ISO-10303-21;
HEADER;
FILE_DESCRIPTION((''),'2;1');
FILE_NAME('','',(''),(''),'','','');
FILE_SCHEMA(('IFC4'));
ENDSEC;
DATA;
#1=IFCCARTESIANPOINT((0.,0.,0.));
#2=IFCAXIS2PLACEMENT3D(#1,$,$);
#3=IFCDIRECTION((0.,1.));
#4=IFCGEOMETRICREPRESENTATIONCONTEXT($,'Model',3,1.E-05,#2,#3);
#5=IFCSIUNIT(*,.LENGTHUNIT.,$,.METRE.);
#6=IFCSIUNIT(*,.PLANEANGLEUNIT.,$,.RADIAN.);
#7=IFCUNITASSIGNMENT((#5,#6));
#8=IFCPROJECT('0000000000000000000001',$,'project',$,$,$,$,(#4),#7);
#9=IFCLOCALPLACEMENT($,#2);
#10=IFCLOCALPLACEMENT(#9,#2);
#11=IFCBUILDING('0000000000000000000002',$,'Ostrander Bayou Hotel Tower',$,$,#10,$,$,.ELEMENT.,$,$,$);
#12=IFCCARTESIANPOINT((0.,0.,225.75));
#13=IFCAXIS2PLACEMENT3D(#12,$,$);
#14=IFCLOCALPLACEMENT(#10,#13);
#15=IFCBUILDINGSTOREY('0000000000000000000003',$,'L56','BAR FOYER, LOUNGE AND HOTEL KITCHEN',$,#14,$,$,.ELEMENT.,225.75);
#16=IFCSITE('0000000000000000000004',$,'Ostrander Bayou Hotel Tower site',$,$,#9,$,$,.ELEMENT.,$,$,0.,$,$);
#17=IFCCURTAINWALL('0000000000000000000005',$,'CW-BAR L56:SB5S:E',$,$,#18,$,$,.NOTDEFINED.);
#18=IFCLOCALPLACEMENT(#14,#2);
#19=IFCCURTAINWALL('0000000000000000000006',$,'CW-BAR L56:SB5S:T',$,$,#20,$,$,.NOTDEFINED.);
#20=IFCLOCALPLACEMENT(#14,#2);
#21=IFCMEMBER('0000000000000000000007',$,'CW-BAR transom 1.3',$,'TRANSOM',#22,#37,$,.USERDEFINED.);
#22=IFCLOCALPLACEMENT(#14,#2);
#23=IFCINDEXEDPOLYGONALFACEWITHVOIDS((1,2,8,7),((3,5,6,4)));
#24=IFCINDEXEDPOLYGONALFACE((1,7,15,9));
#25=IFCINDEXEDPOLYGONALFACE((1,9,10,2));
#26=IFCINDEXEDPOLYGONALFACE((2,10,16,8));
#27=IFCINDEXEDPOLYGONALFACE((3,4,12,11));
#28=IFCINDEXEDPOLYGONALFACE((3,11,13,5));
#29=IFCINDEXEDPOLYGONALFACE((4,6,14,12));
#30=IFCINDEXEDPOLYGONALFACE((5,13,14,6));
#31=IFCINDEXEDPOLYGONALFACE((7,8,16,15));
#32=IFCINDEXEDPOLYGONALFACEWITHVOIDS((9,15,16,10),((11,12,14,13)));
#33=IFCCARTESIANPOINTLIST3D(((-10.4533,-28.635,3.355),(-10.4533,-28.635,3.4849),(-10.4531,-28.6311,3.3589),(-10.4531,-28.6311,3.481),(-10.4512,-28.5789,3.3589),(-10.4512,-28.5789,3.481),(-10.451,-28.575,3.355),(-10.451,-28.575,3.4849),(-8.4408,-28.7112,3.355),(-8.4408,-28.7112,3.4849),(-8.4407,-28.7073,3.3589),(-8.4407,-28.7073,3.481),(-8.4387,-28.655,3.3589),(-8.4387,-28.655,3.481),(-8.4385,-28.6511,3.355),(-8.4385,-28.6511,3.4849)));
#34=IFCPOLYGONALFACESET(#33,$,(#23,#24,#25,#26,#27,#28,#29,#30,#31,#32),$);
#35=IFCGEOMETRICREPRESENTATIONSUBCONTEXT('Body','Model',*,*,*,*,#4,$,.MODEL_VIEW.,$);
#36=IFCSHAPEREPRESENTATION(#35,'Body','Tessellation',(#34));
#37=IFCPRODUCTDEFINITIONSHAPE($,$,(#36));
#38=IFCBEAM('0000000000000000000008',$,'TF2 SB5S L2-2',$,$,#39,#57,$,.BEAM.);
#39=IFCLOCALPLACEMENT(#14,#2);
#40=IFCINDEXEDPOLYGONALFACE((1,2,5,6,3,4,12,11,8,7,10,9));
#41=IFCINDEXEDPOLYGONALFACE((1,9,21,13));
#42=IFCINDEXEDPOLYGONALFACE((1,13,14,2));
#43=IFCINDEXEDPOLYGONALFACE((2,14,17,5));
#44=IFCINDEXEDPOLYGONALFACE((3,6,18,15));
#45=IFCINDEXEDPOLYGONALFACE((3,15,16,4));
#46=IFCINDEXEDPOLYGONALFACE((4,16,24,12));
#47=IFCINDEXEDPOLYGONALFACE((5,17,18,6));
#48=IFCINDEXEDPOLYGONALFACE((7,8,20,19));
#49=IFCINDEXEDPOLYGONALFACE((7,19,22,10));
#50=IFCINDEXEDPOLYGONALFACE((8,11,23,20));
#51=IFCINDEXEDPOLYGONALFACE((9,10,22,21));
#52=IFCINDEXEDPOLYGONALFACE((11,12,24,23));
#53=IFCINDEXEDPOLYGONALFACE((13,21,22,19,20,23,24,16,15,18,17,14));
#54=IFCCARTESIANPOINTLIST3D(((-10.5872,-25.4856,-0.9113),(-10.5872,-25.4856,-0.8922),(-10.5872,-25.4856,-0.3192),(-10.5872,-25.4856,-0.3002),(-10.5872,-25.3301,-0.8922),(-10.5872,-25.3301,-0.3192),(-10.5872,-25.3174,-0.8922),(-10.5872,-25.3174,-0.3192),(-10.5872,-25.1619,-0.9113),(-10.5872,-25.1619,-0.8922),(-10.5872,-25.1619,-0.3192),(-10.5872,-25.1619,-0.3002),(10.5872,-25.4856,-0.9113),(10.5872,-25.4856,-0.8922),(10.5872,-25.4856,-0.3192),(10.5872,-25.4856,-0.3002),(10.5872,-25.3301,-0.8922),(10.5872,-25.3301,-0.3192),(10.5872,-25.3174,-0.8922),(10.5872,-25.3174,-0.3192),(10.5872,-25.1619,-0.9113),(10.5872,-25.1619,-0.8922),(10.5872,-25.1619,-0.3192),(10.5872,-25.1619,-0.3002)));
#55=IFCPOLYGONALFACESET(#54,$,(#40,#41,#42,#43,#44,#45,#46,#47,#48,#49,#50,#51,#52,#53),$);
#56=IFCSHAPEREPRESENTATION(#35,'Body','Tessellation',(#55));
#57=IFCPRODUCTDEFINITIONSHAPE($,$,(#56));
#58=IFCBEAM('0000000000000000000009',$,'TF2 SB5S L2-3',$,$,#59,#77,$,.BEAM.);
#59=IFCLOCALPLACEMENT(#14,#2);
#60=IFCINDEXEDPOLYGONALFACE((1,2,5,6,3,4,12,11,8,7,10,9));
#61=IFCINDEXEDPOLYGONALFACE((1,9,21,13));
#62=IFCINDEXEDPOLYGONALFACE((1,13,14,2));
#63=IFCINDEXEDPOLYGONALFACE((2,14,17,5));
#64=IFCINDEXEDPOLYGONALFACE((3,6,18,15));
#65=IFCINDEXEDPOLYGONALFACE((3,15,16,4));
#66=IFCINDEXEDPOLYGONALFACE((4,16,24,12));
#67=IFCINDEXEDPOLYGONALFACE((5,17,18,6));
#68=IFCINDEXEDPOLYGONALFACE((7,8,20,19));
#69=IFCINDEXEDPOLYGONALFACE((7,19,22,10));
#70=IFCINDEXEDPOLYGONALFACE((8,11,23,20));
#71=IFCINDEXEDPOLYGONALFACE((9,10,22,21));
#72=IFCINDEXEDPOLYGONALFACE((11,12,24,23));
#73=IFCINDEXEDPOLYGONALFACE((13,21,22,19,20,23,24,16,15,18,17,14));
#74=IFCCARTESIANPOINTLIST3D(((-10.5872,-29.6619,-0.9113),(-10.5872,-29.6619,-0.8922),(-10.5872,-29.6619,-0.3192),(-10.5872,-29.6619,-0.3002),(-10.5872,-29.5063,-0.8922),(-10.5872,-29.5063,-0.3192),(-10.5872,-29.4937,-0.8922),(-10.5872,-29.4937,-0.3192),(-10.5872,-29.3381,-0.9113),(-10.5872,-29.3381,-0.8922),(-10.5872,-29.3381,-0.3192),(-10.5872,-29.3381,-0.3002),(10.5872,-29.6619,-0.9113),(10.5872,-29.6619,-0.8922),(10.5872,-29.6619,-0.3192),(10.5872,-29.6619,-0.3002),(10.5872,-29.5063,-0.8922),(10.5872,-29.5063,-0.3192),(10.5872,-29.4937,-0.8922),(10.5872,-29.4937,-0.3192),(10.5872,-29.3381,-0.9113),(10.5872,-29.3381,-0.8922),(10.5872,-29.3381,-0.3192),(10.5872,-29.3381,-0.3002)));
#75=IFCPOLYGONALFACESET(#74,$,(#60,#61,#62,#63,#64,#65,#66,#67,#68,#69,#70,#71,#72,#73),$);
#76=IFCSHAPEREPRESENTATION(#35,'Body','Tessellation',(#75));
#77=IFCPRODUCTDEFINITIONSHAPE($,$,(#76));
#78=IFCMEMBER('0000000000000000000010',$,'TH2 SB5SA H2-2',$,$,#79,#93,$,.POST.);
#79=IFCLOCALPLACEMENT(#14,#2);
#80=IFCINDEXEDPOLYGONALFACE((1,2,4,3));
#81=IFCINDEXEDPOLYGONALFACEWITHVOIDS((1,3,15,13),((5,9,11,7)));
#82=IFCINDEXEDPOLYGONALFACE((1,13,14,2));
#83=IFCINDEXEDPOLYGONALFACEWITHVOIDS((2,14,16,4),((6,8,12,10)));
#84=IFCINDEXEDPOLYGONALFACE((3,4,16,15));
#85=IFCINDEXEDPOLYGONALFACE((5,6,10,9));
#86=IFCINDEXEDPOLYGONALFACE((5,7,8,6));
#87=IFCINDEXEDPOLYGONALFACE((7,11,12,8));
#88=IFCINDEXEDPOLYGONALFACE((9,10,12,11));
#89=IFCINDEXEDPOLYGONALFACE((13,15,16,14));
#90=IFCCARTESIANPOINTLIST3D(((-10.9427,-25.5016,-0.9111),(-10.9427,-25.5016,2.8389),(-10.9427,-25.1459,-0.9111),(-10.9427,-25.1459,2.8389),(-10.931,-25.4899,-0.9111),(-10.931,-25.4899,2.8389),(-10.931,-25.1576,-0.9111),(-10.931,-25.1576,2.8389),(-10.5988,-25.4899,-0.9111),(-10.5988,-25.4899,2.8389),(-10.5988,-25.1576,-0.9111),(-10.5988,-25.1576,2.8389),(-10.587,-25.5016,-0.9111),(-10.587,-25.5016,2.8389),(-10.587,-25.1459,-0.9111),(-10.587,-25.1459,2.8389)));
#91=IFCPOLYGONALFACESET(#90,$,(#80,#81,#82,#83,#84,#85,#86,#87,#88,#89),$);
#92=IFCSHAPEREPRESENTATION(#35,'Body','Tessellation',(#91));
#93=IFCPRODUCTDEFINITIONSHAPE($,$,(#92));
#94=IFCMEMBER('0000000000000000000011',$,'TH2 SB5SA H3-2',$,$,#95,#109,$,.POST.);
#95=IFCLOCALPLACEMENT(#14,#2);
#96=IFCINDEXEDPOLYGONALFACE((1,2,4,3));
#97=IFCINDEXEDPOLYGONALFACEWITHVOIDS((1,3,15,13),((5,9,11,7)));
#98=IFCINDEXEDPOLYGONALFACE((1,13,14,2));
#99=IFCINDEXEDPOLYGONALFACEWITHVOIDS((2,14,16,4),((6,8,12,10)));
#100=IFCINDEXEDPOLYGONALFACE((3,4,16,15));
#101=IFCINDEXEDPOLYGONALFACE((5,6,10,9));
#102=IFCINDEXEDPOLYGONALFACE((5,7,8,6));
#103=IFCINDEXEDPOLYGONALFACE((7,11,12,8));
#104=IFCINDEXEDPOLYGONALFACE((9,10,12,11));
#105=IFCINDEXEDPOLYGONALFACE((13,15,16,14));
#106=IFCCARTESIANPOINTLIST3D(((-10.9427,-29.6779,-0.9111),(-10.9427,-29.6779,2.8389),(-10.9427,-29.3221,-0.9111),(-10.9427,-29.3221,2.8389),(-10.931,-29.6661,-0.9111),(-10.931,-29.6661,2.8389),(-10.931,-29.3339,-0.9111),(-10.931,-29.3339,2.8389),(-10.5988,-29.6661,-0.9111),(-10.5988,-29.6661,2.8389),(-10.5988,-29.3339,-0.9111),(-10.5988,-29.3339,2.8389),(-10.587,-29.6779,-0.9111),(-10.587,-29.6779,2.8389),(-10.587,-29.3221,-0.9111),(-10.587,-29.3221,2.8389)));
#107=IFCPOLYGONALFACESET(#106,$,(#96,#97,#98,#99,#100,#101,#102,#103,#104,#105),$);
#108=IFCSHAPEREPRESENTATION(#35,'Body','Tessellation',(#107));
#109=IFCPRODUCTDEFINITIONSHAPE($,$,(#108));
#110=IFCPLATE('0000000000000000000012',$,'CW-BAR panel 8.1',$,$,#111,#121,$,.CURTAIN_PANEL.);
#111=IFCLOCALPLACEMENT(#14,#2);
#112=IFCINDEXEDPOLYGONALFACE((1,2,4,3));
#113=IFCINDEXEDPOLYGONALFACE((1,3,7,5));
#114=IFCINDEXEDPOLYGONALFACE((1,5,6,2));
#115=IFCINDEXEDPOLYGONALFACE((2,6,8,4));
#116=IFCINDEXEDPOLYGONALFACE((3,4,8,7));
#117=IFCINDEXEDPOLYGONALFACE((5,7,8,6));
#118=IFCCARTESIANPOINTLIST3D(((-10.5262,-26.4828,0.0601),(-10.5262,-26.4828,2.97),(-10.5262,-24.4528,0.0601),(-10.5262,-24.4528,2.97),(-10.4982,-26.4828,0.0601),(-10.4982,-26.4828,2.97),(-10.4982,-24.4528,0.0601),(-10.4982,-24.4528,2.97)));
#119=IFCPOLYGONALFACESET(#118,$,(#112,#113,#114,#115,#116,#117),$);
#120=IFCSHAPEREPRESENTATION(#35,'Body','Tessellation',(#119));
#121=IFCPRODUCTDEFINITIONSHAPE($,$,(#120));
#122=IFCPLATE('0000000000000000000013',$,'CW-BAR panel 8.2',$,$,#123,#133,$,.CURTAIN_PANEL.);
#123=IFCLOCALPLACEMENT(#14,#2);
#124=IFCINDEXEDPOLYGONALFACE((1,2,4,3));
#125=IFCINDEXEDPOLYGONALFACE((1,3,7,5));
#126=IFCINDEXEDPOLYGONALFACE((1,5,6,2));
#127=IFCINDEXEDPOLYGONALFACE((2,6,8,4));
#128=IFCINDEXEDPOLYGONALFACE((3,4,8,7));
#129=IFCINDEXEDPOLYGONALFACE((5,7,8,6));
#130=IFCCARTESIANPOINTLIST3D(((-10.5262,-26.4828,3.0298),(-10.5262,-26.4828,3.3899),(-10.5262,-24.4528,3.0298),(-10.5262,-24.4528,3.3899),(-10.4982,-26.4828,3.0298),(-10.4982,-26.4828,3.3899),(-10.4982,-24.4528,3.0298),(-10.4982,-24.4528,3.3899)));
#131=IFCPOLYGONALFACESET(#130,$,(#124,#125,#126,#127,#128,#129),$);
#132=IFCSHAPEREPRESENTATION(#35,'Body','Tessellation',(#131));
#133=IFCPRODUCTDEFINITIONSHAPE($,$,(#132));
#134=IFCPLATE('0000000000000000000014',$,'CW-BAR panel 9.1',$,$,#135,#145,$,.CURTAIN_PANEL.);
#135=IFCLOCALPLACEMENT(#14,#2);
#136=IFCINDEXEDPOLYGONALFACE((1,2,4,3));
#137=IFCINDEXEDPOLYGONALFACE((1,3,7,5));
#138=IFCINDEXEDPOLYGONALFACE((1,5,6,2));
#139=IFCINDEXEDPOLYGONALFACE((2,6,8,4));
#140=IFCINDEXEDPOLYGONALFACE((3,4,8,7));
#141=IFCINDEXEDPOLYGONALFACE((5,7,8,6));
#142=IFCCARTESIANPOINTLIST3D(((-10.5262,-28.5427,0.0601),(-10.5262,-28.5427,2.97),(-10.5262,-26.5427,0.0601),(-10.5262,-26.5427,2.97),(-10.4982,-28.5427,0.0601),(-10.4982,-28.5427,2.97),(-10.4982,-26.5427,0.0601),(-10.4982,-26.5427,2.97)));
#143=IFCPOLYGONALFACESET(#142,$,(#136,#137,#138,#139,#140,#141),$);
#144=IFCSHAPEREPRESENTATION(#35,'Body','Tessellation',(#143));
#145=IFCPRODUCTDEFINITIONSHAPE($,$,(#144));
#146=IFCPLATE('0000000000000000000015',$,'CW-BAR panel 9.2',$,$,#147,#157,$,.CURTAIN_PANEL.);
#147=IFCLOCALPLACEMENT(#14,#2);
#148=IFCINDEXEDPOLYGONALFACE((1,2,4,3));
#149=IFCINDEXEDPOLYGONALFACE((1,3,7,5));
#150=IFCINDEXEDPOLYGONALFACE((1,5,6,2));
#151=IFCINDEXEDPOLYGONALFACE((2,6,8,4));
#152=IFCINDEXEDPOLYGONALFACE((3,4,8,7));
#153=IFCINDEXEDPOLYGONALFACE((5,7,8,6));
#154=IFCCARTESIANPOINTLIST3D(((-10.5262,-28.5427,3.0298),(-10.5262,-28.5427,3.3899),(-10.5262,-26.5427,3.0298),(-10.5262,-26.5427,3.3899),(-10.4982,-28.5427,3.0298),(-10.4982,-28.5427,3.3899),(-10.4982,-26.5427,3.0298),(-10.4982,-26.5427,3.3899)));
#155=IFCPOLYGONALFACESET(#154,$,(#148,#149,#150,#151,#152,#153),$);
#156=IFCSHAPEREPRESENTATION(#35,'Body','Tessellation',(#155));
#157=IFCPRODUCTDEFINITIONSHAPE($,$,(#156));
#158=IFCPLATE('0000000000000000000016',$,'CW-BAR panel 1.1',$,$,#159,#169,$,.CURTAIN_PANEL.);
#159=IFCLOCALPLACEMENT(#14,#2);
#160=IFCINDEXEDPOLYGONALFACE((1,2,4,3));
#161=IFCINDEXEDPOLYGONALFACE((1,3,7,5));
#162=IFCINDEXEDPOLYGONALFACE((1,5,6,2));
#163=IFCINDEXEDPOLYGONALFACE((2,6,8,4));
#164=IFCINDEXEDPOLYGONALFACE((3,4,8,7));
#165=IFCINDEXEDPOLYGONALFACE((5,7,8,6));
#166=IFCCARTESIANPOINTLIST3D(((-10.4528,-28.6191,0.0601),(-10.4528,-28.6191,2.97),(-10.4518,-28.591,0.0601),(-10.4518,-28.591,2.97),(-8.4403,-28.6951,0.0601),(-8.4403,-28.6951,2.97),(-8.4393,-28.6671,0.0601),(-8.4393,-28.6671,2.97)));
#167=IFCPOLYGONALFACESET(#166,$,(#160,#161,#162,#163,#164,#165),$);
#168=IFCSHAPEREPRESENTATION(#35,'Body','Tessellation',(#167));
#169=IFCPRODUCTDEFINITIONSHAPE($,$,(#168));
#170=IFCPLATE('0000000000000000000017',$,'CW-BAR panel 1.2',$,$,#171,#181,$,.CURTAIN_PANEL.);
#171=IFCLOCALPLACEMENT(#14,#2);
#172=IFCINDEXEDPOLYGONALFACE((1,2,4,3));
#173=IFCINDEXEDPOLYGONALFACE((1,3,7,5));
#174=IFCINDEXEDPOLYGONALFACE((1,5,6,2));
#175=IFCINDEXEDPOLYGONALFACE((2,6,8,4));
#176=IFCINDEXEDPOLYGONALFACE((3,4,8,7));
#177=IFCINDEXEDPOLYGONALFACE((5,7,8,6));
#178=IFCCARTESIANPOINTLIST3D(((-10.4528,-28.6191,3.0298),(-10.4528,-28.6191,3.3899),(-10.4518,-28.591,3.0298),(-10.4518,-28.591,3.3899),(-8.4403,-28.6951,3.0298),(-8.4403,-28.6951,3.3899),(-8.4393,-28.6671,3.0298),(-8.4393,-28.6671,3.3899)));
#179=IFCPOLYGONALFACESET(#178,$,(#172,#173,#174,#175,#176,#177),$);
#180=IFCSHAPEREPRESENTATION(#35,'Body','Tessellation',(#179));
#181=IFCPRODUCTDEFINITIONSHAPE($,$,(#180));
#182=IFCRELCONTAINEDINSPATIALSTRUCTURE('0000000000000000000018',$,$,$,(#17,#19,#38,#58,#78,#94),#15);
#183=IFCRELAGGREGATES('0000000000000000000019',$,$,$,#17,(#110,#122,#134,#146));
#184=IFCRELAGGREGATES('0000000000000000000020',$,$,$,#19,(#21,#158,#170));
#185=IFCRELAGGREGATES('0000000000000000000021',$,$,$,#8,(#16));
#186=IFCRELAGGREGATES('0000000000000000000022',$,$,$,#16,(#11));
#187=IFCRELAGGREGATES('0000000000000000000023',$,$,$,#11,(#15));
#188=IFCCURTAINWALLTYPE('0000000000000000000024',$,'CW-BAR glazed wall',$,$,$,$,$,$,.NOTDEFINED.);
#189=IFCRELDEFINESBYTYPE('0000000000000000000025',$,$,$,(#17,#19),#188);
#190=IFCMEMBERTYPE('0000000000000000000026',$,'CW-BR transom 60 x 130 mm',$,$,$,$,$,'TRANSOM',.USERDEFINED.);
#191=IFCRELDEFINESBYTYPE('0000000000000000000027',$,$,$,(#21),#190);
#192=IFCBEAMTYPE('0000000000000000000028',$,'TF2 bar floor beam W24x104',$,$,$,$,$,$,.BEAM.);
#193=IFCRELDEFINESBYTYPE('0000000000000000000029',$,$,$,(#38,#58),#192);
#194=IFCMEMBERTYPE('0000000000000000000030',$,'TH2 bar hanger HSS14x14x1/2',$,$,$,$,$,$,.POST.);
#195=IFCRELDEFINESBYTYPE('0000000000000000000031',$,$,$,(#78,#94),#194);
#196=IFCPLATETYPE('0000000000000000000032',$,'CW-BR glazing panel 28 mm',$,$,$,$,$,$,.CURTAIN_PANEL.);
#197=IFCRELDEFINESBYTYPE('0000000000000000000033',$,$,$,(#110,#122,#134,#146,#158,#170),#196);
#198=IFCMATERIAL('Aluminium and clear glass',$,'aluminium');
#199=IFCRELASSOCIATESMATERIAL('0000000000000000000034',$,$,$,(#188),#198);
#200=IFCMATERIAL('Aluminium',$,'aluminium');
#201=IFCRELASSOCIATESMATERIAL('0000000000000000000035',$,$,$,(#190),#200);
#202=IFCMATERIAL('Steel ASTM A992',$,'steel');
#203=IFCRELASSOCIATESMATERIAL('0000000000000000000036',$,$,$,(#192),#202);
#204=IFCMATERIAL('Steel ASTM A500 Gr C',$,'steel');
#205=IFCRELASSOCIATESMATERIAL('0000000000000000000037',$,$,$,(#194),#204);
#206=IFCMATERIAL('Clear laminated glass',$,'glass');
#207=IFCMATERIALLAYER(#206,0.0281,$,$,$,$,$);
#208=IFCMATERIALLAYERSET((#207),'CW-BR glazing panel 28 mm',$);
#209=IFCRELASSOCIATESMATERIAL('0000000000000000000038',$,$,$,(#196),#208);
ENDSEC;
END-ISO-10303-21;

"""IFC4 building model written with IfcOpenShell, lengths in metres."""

from ifc_helpers import new_model, si_unit, direction, frame, origin, origin_2d, place, context, subcontext, project, spatial, rectangle, hollow_rectangle, i_section, extrude, material, layer, layer_set, material_profile, profile_set, type_object, element, aggregate, save


model = new_model("IFC4")

# Units and contexts
model_context = context("Model", 3, precision=1e-05, world=origin(), true_north=direction((0.0, 1.0)))
body_context = subcontext(model_context, "Body", "Model", "MODEL_VIEW")
ifc_project = project(units=[si_unit("LENGTHUNIT", "METRE"), si_unit("PLANEANGLEUNIT", "RADIAN")], contexts=[model_context])

# Site, building, storey
site_placement = place(None, origin())
site = spatial("IfcSite", under=ifc_project, at=site_placement, Name="Ostrander Bayou Hotel Tower site", CompositionType="ELEMENT", RefElevation=0.0)
building_placement = place(site_placement, origin())
building = spatial("IfcBuilding", under=site, at=building_placement, Name="Ostrander Bayou Hotel Tower", CompositionType="ELEMENT")
storey_placement = place(building_placement, frame((0.0, 0.0, 225.75)))
storey = spatial("IfcBuildingStorey", under=building, at=storey_placement, Name="L56", Description="BAR FOYER, LOUNGE AND HOTEL KITCHEN", CompositionType="ELEMENT", Elevation=225.75)

# Curtain wall
ifc_material_1 = material(Name="Aluminium and clear glass", Category="aluminium")
curtain_wall_type = type_object("IfcCurtainWallType", Name="CW-BAR glazed wall", PredefinedType="NOTDEFINED", material=ifc_material_1)
curtain_wall_1_placement = place(storey_placement, origin())
curtain_wall_1 = element("IfcCurtainWall", 1, at=curtain_wall_1_placement, inside=storey, type_object=curtain_wall_type, Name="CW-BAR L56:SB5S:E", PredefinedType="NOTDEFINED")

# Curtain wall
curtain_wall_2_placement = place(storey_placement, origin())
curtain_wall_2 = element("IfcCurtainWall", 2, at=curtain_wall_2_placement, inside=storey, type_object=curtain_wall_type, Name="CW-BAR L56:SB5S:T", PredefinedType="NOTDEFINED")

# Member
ifc_material_2 = material(Name="Aluminium", Category="aluminium")
ifc_material_profile_1 = material_profile(ifc_material_2, hollow_rectangle(XDim=0.0601, YDim=0.1299, WallThickness=0.0039, at=origin_2d()))
ifc_profile_set_1 = profile_set([ifc_material_profile_1], Name="Aluminium")
member_type_1 = type_object("IfcMemberType", Name="CW-BR transom 60 x 130 mm", ElementType="TRANSOM", PredefinedType="USERDEFINED", material=ifc_profile_set_1)
member_1_placement = place(storey_placement, frame((-10.4521, -28.605, 3.4199), z_axis=(0.999284, -0.037823, 0.0), x_axis=(0.037823, 0.999284, 0.0)))
member_1 = element("IfcMember", 3, at=member_1_placement, type_object=member_type_1, Name="CW-BAR transom 1.3", ObjectType="TRANSOM", PredefinedType="USERDEFINED", context=body_context, shape_type="SweptSolid", body=[
    extrude(hollow_rectangle(XDim=0.0601, YDim=0.1299, WallThickness=0.0039, at=origin_2d()), origin(), (0.0, 0.0, 1.0), 2.0139),
])

# Beams
ifc_material_3 = material(Name="Steel ASTM A992", Category="steel")
ifc_material_profile_2 = material_profile(ifc_material_3, i_section(OverallWidth=0.3237, OverallDepth=0.6111, WebThickness=0.0127, FlangeThickness=0.019, at=origin_2d()))
ifc_profile_set_2 = profile_set([ifc_material_profile_2], Name="Steel ASTM A992")
beam_type = type_object("IfcBeamType", Name="TF2 bar floor beam W24x104", PredefinedType="BEAM", material=ifc_profile_set_2)
for number, where, z_axis, x_axis, name in (
    (4, (-10.5872, -25.3237, -0.6057), (1.0, 0.0, 0.0), (0.0, 1.0, 0.0), "TF2 SB5S L2-2"),
    (5, (-10.5872, -29.5, -0.6057), (1.0, 0.0, 0.0), (0.0, 1.0, 0.0), "TF2 SB5S L2-3"),
):
    element("IfcBeam", number, at=place(storey_placement, frame(where, z_axis=z_axis, x_axis=x_axis)), inside=storey, type_object=beam_type, Name=name, PredefinedType="BEAM", context=body_context, shape_type="SweptSolid", body=[
        extrude(i_section(OverallWidth=0.3237, OverallDepth=0.6111, WebThickness=0.0127, FlangeThickness=0.019, at=origin_2d()), origin(), (0.0, 0.0, 1.0), 21.1743),
    ])

# Members
ifc_material_4 = material(Name="Steel ASTM A500 Gr C", Category="steel")
ifc_material_profile_3 = material_profile(ifc_material_4, hollow_rectangle(XDim=0.3557, YDim=0.3557, WallThickness=0.0117, at=origin_2d()))
ifc_profile_set_3 = profile_set([ifc_material_profile_3], Name="Steel ASTM A500 Gr C")
member_type_2 = type_object("IfcMemberType", Name="TH2 bar hanger HSS14x14x1/2", PredefinedType="POST", material=ifc_profile_set_3)
for number, where, z_axis, x_axis, name in (
    (6, (-10.7649, -25.3237, -0.9111), (0.0, 0.0, 1.0), (1.0, 0.0, 0.0), "TH2 SB5SA H2-2"),
    (7, (-10.7649, -29.5, -0.9111), (0.0, 0.0, 1.0), (1.0, 0.0, 0.0), "TH2 SB5SA H3-2"),
):
    element("IfcMember", number, at=place(storey_placement, frame(where, z_axis=z_axis, x_axis=x_axis)), inside=storey, type_object=member_type_2, Name=name, PredefinedType="POST", context=body_context, shape_type="SweptSolid", body=[
        extrude(hollow_rectangle(XDim=0.3557, YDim=0.3557, WallThickness=0.0117, at=origin_2d()), origin(), (0.0, 0.0, 1.0), 3.75),
    ])

# Plates
ifc_material_5 = material(Name="Clear laminated glass", Category="glass")
ifc_layer = layer(ifc_material_5, 0.0281)
ifc_layer_set = layer_set([ifc_layer], Name="CW-BR glazing panel 28 mm")
plate_type = type_object("IfcPlateType", Name="CW-BR glazing panel 28 mm", PredefinedType="CURTAIN_PANEL", material=ifc_layer_set)
plate_1_placement = place(storey_placement, frame((-10.5122, -25.4678, 0.0601), z_axis=(0.0, 0.0, 1.0), x_axis=(0.0, -1.0, 0.0)))
plate_1 = element("IfcPlate", 8, at=plate_1_placement, type_object=plate_type, Name="CW-BAR panel 8.1", PredefinedType="CURTAIN_PANEL", context=body_context, shape_type="SweptSolid", body=[
    extrude(rectangle(XDim=2.03, YDim=0.0281, at=origin_2d()), origin(), (0.0, 0.0, 1.0), 2.9099),
])
plate_2_placement = place(storey_placement, frame((-10.5122, -25.4678, 3.0298), z_axis=(0.0, 0.0, 1.0), x_axis=(0.0, -1.0, 0.0)))
plate_2 = element("IfcPlate", 9, at=plate_2_placement, type_object=plate_type, Name="CW-BAR panel 8.2", PredefinedType="CURTAIN_PANEL", context=body_context, shape_type="SweptSolid", body=[
    extrude(rectangle(XDim=2.03, YDim=0.0281, at=origin_2d()), origin(), (0.0, 0.0, 1.0), 0.3601),
])
plate_3_placement = place(storey_placement, frame((-10.5122, -27.5427, 0.0601), z_axis=(0.0, 0.0, 1.0), x_axis=(0.0, -1.0, 0.0)))
plate_3 = element("IfcPlate", 10, at=plate_3_placement, type_object=plate_type, Name="CW-BAR panel 9.1", PredefinedType="CURTAIN_PANEL", context=body_context, shape_type="SweptSolid", body=[
    extrude(rectangle(XDim=2.0, YDim=0.0281, at=origin_2d()), origin(), (0.0, 0.0, 1.0), 2.9099),
])
plate_4_placement = place(storey_placement, frame((-10.5122, -27.5427, 3.0298), z_axis=(0.0, 0.0, 1.0), x_axis=(0.0, -1.0, 0.0)))
plate_4 = element("IfcPlate", 11, at=plate_4_placement, type_object=plate_type, Name="CW-BAR panel 9.2", PredefinedType="CURTAIN_PANEL", context=body_context, shape_type="SweptSolid", body=[
    extrude(rectangle(XDim=2.0, YDim=0.0281, at=origin_2d()), origin(), (0.0, 0.0, 1.0), 0.3601),
])
aggregate(curtain_wall_1, [plate_1, plate_2, plate_3, plate_4])
plate_5_placement = place(storey_placement, frame((-9.446, -28.6431, 0.0601), z_axis=(0.0, 0.0, 1.0), x_axis=(0.999287, -0.037758, 0.0)))
plate_5 = element("IfcPlate", 12, at=plate_5_placement, type_object=plate_type, Name="CW-BAR panel 1.1", PredefinedType="CURTAIN_PANEL", context=body_context, shape_type="SweptSolid", body=[
    extrude(rectangle(XDim=2.0139, YDim=0.0281, at=origin_2d()), origin(), (0.0, 0.0, 1.0), 2.9099),
])
plate_6_placement = place(storey_placement, frame((-9.446, -28.6431, 3.0298), z_axis=(0.0, 0.0, 1.0), x_axis=(0.999287, -0.037758, 0.0)))
plate_6 = element("IfcPlate", 13, at=plate_6_placement, type_object=plate_type, Name="CW-BAR panel 1.2", PredefinedType="CURTAIN_PANEL", context=body_context, shape_type="SweptSolid", body=[
    extrude(rectangle(XDim=2.0139, YDim=0.0281, at=origin_2d()), origin(), (0.0, 0.0, 1.0), 0.3601),
])
aggregate(curtain_wall_2, [member_1, plate_5, plate_6])

save(model, "model.ifc")
